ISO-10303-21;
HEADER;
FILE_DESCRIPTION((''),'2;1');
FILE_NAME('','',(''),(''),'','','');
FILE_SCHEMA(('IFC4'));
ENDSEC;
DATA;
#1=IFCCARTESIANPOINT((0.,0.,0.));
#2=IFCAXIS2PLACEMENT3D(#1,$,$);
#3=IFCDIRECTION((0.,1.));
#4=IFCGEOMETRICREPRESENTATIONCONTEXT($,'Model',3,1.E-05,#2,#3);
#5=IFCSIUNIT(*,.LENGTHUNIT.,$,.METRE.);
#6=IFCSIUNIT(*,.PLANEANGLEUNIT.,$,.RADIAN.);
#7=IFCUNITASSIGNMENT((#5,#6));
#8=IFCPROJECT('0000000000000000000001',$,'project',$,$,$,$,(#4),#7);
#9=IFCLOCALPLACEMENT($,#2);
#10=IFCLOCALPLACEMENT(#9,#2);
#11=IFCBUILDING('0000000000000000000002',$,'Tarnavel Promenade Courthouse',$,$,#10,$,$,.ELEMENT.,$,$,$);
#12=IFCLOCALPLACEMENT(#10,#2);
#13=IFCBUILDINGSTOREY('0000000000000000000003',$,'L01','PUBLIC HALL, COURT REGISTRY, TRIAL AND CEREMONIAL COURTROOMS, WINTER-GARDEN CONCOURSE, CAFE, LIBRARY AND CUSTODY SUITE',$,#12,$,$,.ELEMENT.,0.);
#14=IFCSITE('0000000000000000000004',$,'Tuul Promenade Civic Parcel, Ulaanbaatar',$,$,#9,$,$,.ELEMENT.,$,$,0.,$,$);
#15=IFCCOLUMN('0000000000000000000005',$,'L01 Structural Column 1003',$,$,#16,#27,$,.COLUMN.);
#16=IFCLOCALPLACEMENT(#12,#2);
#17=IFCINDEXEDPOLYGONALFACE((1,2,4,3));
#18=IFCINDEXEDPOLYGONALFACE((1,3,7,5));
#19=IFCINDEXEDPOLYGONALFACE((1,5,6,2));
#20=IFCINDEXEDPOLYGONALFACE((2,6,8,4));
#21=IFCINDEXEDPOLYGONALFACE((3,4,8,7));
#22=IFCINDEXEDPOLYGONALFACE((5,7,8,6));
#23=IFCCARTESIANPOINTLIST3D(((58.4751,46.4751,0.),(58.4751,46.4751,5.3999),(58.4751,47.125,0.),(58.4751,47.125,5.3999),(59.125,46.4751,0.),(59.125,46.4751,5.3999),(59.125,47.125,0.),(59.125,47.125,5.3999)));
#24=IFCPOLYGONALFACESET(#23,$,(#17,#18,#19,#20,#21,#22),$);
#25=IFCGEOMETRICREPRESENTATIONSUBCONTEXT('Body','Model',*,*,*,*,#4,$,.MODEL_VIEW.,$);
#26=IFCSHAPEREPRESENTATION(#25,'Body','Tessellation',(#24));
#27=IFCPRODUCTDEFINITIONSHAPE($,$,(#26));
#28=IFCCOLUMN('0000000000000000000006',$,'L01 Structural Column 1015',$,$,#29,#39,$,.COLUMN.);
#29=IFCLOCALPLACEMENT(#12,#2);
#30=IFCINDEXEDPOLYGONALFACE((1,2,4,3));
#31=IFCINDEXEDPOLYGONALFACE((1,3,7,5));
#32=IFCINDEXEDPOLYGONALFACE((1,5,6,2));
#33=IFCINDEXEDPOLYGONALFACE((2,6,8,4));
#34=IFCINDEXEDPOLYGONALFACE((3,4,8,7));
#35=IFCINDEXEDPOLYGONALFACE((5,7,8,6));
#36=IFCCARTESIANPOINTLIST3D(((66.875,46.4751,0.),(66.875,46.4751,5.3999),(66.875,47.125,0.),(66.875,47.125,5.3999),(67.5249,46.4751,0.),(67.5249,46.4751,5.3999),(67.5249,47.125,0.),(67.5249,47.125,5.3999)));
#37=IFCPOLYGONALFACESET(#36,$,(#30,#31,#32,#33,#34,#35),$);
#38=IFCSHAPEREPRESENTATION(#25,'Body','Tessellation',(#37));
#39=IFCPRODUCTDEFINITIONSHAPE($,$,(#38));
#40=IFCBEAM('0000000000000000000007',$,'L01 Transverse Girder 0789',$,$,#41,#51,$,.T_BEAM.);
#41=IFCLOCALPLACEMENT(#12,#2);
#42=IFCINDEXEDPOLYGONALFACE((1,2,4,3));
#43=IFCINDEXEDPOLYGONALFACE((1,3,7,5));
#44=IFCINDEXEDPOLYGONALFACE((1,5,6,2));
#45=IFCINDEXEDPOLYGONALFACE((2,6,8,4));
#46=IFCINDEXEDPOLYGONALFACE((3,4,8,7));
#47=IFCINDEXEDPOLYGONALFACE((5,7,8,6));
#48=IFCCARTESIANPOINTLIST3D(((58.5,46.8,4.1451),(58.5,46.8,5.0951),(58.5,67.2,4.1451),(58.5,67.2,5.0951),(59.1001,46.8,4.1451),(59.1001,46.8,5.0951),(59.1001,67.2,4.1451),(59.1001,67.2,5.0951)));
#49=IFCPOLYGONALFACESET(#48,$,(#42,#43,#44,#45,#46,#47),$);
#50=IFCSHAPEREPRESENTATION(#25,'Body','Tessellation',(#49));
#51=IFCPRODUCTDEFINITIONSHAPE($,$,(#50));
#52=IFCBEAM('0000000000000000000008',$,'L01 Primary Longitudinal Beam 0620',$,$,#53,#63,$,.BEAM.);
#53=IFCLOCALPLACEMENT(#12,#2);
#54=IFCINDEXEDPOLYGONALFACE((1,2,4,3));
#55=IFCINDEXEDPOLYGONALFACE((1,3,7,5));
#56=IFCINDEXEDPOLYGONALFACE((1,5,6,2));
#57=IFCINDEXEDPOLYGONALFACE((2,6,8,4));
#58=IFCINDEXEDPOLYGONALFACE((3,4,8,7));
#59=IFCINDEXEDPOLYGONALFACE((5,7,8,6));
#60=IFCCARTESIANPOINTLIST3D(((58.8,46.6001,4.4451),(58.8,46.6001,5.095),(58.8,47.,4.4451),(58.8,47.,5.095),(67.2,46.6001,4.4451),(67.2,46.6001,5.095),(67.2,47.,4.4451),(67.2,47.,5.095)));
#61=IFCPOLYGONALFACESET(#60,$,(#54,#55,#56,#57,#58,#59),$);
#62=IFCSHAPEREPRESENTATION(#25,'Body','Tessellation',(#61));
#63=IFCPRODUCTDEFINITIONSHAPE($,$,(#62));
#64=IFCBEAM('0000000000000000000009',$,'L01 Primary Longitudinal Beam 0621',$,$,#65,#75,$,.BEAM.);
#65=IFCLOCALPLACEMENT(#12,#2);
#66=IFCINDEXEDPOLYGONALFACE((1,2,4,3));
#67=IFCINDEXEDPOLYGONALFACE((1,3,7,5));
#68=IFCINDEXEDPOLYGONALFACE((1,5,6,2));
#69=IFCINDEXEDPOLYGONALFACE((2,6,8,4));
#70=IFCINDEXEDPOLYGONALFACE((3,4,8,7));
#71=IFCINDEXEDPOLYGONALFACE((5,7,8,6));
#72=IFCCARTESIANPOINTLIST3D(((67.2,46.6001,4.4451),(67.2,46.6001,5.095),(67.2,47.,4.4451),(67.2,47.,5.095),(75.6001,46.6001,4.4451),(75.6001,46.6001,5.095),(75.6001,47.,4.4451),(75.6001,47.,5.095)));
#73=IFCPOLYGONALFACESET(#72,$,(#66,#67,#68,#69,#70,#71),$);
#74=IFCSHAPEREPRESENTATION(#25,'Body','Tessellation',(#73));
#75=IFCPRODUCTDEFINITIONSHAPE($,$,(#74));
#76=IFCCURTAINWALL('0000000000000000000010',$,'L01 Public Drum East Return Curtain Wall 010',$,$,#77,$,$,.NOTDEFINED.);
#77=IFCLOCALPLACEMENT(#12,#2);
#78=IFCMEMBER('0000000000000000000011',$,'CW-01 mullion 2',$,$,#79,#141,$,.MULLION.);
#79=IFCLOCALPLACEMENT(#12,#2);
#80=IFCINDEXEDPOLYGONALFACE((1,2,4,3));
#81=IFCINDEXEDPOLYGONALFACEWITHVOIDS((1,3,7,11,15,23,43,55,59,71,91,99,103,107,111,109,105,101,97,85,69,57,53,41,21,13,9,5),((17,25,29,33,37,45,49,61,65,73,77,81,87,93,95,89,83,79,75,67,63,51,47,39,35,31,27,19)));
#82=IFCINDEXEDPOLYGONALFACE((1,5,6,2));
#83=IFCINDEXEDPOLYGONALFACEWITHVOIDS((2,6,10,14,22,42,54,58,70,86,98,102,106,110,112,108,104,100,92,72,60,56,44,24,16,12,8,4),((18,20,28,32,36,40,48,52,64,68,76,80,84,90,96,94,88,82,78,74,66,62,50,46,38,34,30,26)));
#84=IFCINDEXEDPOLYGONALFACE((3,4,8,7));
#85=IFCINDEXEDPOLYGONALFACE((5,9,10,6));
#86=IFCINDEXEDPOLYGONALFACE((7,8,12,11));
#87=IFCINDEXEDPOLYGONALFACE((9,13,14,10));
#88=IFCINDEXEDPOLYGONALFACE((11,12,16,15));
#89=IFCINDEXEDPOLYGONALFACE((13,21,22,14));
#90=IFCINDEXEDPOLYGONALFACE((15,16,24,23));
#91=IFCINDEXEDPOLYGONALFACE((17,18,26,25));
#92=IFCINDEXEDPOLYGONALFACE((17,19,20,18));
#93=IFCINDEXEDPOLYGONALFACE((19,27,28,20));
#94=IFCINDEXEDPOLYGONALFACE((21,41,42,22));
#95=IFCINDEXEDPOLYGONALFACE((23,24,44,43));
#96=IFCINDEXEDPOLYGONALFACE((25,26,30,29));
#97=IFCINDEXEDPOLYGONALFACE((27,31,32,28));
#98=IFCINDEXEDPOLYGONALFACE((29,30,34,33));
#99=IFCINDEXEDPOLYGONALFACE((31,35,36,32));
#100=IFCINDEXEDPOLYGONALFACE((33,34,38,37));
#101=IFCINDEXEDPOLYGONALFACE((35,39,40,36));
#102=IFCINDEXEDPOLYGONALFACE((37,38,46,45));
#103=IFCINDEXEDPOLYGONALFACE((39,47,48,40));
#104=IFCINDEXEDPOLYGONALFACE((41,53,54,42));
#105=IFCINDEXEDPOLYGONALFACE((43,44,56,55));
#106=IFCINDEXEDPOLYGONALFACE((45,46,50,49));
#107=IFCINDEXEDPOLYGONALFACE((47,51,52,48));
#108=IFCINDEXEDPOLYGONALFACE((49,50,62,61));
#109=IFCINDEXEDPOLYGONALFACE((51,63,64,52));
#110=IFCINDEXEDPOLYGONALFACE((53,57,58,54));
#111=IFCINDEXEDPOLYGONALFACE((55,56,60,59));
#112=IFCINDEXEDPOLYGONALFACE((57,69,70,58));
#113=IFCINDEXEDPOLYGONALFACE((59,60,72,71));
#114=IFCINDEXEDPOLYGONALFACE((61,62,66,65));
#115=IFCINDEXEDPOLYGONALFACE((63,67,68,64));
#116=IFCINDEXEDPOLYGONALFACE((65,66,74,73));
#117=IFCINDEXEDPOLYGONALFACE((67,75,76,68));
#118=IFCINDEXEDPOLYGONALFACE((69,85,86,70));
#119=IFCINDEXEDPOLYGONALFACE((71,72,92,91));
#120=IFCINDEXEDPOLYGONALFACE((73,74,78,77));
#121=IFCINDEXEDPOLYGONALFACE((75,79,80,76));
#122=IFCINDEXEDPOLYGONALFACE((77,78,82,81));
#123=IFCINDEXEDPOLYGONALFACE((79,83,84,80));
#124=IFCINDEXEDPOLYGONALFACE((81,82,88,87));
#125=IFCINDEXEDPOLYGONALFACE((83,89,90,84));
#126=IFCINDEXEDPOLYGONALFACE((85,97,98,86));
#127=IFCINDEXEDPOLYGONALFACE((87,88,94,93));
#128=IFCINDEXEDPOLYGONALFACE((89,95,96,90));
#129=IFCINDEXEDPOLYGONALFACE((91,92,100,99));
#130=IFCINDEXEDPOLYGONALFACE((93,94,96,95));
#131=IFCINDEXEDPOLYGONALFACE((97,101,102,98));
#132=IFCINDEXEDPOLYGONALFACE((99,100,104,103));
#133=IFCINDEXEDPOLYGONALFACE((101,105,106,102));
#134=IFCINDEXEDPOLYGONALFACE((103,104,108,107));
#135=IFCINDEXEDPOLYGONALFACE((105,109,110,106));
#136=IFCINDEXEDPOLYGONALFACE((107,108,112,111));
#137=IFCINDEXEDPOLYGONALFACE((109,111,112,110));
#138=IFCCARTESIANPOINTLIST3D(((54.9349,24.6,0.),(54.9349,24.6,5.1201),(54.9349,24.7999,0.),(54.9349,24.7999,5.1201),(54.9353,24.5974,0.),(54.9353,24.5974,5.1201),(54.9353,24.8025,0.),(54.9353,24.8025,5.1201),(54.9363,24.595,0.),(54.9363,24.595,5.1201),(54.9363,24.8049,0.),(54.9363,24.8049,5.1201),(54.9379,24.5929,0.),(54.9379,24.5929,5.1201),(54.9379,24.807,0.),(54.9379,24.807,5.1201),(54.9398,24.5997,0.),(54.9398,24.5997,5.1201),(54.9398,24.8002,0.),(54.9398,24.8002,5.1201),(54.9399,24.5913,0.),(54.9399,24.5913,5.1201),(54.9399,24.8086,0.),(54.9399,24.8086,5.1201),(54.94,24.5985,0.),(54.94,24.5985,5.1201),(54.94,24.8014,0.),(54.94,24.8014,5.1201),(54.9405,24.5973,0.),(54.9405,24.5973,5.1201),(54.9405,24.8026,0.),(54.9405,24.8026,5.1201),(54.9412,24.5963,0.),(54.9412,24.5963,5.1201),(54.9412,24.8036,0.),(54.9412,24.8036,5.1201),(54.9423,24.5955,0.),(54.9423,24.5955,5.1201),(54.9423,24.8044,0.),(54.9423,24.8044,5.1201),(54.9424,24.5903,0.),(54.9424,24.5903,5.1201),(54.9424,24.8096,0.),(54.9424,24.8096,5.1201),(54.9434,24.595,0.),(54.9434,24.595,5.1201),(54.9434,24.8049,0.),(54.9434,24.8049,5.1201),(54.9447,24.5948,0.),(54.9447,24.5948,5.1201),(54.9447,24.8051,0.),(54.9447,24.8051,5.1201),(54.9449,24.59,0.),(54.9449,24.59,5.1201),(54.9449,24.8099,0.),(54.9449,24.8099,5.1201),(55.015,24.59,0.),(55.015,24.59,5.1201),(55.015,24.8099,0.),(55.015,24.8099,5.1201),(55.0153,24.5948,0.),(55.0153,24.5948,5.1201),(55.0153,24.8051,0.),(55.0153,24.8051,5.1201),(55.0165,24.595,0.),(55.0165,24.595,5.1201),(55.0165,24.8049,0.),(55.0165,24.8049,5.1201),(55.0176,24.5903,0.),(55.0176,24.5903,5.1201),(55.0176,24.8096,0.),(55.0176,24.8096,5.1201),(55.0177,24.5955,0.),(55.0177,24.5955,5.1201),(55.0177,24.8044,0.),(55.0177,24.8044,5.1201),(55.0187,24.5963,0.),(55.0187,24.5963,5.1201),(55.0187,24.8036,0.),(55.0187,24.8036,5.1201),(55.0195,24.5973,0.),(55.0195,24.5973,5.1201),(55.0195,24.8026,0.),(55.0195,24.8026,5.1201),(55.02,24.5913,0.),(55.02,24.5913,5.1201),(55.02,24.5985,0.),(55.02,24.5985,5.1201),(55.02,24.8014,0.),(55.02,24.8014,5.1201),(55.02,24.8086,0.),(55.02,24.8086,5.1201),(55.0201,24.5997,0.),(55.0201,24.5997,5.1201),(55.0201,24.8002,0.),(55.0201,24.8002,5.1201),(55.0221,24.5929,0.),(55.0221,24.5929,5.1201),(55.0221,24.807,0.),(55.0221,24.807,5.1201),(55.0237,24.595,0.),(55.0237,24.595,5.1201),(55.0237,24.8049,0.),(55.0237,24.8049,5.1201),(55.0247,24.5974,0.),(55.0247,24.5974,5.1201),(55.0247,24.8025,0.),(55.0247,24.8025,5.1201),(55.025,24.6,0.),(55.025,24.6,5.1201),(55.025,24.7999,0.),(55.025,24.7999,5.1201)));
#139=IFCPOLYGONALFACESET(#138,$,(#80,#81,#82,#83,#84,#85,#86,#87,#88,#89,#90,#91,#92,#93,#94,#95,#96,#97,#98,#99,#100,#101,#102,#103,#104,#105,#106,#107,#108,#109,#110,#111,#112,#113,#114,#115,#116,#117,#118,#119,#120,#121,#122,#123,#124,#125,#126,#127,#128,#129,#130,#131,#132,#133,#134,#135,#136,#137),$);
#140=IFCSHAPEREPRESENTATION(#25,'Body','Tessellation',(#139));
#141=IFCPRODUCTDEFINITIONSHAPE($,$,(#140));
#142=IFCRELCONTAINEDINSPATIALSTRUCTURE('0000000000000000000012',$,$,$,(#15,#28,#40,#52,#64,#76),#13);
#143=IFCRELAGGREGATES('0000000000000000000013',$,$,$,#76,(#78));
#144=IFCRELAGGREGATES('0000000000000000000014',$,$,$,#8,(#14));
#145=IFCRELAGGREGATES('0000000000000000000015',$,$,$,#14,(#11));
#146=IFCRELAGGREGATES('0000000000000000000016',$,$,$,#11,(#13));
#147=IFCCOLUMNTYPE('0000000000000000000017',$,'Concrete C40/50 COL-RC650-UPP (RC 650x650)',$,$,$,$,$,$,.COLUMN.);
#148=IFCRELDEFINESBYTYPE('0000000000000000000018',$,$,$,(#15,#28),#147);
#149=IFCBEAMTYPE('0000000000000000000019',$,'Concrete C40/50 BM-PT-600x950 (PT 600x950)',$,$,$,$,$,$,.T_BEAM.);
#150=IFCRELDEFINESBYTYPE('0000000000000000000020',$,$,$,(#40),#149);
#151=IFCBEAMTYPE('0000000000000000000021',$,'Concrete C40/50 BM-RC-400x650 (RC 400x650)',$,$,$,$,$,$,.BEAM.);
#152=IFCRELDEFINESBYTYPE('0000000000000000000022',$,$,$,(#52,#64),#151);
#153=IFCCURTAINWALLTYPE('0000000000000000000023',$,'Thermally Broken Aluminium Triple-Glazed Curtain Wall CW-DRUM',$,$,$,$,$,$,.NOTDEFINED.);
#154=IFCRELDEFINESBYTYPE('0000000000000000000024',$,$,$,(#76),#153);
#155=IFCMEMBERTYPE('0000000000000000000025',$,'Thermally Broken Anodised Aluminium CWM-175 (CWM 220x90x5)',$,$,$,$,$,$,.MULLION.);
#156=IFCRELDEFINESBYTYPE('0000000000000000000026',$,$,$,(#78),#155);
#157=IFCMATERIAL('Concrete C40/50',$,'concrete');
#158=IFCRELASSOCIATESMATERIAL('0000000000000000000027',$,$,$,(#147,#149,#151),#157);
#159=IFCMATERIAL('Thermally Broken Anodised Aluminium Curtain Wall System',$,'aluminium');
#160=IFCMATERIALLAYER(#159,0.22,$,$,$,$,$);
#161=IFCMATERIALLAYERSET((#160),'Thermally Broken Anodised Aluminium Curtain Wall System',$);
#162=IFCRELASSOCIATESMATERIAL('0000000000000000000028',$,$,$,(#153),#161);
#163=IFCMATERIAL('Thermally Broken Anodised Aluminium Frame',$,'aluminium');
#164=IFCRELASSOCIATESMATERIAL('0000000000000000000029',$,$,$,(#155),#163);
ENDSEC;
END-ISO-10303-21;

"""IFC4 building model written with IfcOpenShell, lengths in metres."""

from ifc_helpers import new_model, si_unit, direction, frame, origin, origin_2d, place, context, subcontext, project, spatial, rectangle, hollow_rectangle, extrude, material, layer, layer_set, material_profile, profile_set, type_object, element, aggregate, save


model = new_model("IFC4")

# Units and contexts
model_context = context("Model", 3, precision=1e-05, world=origin(), true_north=direction((0.0, 1.0)))
body_context = subcontext(model_context, "Body", "Model", "MODEL_VIEW")
ifc_project = project(units=[si_unit("LENGTHUNIT", "METRE"), si_unit("PLANEANGLEUNIT", "RADIAN")], contexts=[model_context])

# Site, building, storey
site_placement = place(None, origin())
site = spatial("IfcSite", under=ifc_project, at=site_placement, Name="Tuul Promenade Civic Parcel, Ulaanbaatar", CompositionType="ELEMENT", RefElevation=0.0)
building_placement = place(site_placement, origin())
building = spatial("IfcBuilding", under=site, at=building_placement, Name="Tarnavel Promenade Courthouse", CompositionType="ELEMENT")
storey_placement = place(building_placement, origin())
storey = spatial("IfcBuildingStorey", under=building, at=storey_placement, Name="L01", Description="PUBLIC HALL, COURT REGISTRY, TRIAL AND CEREMONIAL COURTROOMS, WINTER-GARDEN CONCOURSE, CAFE, LIBRARY AND CUSTODY SUITE", CompositionType="ELEMENT", Elevation=0.0)

# Columns
ifc_material_1 = material(Name="Concrete C40/50", Category="concrete")
ifc_material_profile_1 = material_profile(ifc_material_1, rectangle(XDim=0.6499, YDim=0.6499, at=origin_2d()), Name="RC 650x650")
ifc_profile_set_1 = profile_set([ifc_material_profile_1], Name="Concrete C40/50")
column_type = type_object("IfcColumnType", Name="Concrete C40/50 COL-RC650-UPP (RC 650x650)", PredefinedType="COLUMN", material=ifc_profile_set_1)
for number, where, z_axis, x_axis, name in (
    (1, (58.8, 46.8, 0.0), (0.0, 0.0, 1.0), (1.0, 0.0, 0.0), "L01 Structural Column 1003"),
    (2, (67.2, 46.8, 0.0), (0.0, 0.0, 1.0), (1.0, 0.0, 0.0), "L01 Structural Column 1015"),
):
    element("IfcColumn", number, at=place(storey_placement, frame(where, z_axis=z_axis, x_axis=x_axis)), inside=storey, type_object=column_type, Name=name, PredefinedType="COLUMN", context=body_context, shape_type="SweptSolid", body=[
        extrude(rectangle(XDim=0.6499, YDim=0.6499, at=origin_2d()), origin(), (0.0, 0.0, 1.0), 5.3999),
    ])

# Beams
ifc_material_profile_2 = material_profile(ifc_material_1, rectangle(XDim=0.6001, YDim=0.95, at=origin_2d()), Name="PT 600x950")
ifc_profile_set_2 = profile_set([ifc_material_profile_2], Name="Concrete C40/50")
beam_type_1 = type_object("IfcBeamType", Name="Concrete C40/50 BM-PT-600x950 (PT 600x950)", PredefinedType="T_BEAM", material=ifc_profile_set_2)
beam_1_placement = place(storey_placement, frame((58.8, 46.8, 4.6201), z_axis=(0.0, 1.0, 0.0), x_axis=(-1.0, 0.0, 0.0)))
element("IfcBeam", 3, at=beam_1_placement, inside=storey, type_object=beam_type_1, Name="L01 Transverse Girder 0789", PredefinedType="T_BEAM", context=body_context, shape_type="SweptSolid", body=[
    extrude(rectangle(XDim=0.6001, YDim=0.95, at=origin_2d()), origin(), (0.0, 0.0, 1.0), 20.3999),
])
ifc_material_profile_3 = material_profile(ifc_material_1, rectangle(XDim=0.3999, YDim=0.6499, at=origin_2d()), Name="RC 400x650")
ifc_profile_set_3 = profile_set([ifc_material_profile_3], Name="Concrete C40/50")
beam_type_2 = type_object("IfcBeamType", Name="Concrete C40/50 BM-RC-400x650 (RC 400x650)", PredefinedType="BEAM", material=ifc_profile_set_3)
beam_2_placement = place(storey_placement, frame((58.8, 46.8, 4.77), z_axis=(1.0, 0.0, 0.0), x_axis=(0.0, 1.0, 0.0)))
element("IfcBeam", 4, at=beam_2_placement, inside=storey, type_object=beam_type_2, Name="L01 Primary Longitudinal Beam 0620", PredefinedType="BEAM", context=body_context, shape_type="SweptSolid", body=[
    extrude(rectangle(XDim=0.3999, YDim=0.6499, at=origin_2d()), origin(), (0.0, 0.0, 1.0), 8.3999),
])
beam_3_placement = place(storey_placement, frame((67.2, 46.8, 4.77), z_axis=(1.0, 0.0, 0.0), x_axis=(0.0, 1.0, 0.0)))
element("IfcBeam", 5, at=beam_3_placement, inside=storey, type_object=beam_type_2, Name="L01 Primary Longitudinal Beam 0621", PredefinedType="BEAM", context=body_context, shape_type="SweptSolid", body=[
    extrude(rectangle(XDim=0.3999, YDim=0.6499, at=origin_2d()), origin(), (0.0, 0.0, 1.0), 8.4001),
])

# Curtain wall, member
ifc_material_2 = material(Name="Thermally Broken Anodised Aluminium Curtain Wall System", Category="aluminium")
ifc_layer_1 = layer(ifc_material_2, 0.22)
ifc_layer_set_1 = layer_set([ifc_layer_1], Name="Thermally Broken Anodised Aluminium Curtain Wall System")
curtain_wall_type_1 = type_object("IfcCurtainWallType", Name="Thermally Broken Aluminium Triple-Glazed Curtain Wall CW-DRUM", PredefinedType="NOTDEFINED", material=ifc_layer_set_1)
curtain_wall_1_placement = place(storey_placement, origin())
curtain_wall_1 = element("IfcCurtainWall", 6, at=curtain_wall_1_placement, inside=storey, type_object=curtain_wall_type_1, Name="L01 Public Drum East Return Curtain Wall 010", PredefinedType="NOTDEFINED")
ifc_material_3 = material(Name="Thermally Broken Anodised Aluminium Frame", Category="aluminium")
ifc_material_profile_4 = material_profile(ifc_material_3, hollow_rectangle(XDim=0.0901, YDim=0.22, WallThickness=0.0049, InnerFilletRadius=0.0049, OuterFilletRadius=0.01, at=origin_2d()), Name="CWM 220x90x5")
ifc_profile_set_4 = profile_set([ifc_material_profile_4], Name="Thermally Broken Anodised Aluminium Frame")
member_type_1 = type_object("IfcMemberType", Name="Thermally Broken Anodised Aluminium CWM-175 (CWM 220x90x5)", PredefinedType="MULLION", material=ifc_profile_set_4)
member_1_placement = place(storey_placement, frame((54.98, 24.7, 0.0), z_axis=(0.0, 0.0, 1.0), x_axis=(-1.0, 0.0, 0.0)))
member_1 = element("IfcMember", 7, at=member_1_placement, type_object=member_type_1, Name="CW-01 mullion 2", PredefinedType="MULLION", context=body_context, shape_type="SweptSolid", body=[
    extrude(hollow_rectangle(XDim=0.0901, YDim=0.22, WallThickness=0.0049, InnerFilletRadius=0.0049, OuterFilletRadius=0.01, at=origin_2d()), origin(), (0.0, 0.0, 1.0), 5.1201),
])

aggregate(curtain_wall_1, [member_1])

save(model, "model.ifc")
